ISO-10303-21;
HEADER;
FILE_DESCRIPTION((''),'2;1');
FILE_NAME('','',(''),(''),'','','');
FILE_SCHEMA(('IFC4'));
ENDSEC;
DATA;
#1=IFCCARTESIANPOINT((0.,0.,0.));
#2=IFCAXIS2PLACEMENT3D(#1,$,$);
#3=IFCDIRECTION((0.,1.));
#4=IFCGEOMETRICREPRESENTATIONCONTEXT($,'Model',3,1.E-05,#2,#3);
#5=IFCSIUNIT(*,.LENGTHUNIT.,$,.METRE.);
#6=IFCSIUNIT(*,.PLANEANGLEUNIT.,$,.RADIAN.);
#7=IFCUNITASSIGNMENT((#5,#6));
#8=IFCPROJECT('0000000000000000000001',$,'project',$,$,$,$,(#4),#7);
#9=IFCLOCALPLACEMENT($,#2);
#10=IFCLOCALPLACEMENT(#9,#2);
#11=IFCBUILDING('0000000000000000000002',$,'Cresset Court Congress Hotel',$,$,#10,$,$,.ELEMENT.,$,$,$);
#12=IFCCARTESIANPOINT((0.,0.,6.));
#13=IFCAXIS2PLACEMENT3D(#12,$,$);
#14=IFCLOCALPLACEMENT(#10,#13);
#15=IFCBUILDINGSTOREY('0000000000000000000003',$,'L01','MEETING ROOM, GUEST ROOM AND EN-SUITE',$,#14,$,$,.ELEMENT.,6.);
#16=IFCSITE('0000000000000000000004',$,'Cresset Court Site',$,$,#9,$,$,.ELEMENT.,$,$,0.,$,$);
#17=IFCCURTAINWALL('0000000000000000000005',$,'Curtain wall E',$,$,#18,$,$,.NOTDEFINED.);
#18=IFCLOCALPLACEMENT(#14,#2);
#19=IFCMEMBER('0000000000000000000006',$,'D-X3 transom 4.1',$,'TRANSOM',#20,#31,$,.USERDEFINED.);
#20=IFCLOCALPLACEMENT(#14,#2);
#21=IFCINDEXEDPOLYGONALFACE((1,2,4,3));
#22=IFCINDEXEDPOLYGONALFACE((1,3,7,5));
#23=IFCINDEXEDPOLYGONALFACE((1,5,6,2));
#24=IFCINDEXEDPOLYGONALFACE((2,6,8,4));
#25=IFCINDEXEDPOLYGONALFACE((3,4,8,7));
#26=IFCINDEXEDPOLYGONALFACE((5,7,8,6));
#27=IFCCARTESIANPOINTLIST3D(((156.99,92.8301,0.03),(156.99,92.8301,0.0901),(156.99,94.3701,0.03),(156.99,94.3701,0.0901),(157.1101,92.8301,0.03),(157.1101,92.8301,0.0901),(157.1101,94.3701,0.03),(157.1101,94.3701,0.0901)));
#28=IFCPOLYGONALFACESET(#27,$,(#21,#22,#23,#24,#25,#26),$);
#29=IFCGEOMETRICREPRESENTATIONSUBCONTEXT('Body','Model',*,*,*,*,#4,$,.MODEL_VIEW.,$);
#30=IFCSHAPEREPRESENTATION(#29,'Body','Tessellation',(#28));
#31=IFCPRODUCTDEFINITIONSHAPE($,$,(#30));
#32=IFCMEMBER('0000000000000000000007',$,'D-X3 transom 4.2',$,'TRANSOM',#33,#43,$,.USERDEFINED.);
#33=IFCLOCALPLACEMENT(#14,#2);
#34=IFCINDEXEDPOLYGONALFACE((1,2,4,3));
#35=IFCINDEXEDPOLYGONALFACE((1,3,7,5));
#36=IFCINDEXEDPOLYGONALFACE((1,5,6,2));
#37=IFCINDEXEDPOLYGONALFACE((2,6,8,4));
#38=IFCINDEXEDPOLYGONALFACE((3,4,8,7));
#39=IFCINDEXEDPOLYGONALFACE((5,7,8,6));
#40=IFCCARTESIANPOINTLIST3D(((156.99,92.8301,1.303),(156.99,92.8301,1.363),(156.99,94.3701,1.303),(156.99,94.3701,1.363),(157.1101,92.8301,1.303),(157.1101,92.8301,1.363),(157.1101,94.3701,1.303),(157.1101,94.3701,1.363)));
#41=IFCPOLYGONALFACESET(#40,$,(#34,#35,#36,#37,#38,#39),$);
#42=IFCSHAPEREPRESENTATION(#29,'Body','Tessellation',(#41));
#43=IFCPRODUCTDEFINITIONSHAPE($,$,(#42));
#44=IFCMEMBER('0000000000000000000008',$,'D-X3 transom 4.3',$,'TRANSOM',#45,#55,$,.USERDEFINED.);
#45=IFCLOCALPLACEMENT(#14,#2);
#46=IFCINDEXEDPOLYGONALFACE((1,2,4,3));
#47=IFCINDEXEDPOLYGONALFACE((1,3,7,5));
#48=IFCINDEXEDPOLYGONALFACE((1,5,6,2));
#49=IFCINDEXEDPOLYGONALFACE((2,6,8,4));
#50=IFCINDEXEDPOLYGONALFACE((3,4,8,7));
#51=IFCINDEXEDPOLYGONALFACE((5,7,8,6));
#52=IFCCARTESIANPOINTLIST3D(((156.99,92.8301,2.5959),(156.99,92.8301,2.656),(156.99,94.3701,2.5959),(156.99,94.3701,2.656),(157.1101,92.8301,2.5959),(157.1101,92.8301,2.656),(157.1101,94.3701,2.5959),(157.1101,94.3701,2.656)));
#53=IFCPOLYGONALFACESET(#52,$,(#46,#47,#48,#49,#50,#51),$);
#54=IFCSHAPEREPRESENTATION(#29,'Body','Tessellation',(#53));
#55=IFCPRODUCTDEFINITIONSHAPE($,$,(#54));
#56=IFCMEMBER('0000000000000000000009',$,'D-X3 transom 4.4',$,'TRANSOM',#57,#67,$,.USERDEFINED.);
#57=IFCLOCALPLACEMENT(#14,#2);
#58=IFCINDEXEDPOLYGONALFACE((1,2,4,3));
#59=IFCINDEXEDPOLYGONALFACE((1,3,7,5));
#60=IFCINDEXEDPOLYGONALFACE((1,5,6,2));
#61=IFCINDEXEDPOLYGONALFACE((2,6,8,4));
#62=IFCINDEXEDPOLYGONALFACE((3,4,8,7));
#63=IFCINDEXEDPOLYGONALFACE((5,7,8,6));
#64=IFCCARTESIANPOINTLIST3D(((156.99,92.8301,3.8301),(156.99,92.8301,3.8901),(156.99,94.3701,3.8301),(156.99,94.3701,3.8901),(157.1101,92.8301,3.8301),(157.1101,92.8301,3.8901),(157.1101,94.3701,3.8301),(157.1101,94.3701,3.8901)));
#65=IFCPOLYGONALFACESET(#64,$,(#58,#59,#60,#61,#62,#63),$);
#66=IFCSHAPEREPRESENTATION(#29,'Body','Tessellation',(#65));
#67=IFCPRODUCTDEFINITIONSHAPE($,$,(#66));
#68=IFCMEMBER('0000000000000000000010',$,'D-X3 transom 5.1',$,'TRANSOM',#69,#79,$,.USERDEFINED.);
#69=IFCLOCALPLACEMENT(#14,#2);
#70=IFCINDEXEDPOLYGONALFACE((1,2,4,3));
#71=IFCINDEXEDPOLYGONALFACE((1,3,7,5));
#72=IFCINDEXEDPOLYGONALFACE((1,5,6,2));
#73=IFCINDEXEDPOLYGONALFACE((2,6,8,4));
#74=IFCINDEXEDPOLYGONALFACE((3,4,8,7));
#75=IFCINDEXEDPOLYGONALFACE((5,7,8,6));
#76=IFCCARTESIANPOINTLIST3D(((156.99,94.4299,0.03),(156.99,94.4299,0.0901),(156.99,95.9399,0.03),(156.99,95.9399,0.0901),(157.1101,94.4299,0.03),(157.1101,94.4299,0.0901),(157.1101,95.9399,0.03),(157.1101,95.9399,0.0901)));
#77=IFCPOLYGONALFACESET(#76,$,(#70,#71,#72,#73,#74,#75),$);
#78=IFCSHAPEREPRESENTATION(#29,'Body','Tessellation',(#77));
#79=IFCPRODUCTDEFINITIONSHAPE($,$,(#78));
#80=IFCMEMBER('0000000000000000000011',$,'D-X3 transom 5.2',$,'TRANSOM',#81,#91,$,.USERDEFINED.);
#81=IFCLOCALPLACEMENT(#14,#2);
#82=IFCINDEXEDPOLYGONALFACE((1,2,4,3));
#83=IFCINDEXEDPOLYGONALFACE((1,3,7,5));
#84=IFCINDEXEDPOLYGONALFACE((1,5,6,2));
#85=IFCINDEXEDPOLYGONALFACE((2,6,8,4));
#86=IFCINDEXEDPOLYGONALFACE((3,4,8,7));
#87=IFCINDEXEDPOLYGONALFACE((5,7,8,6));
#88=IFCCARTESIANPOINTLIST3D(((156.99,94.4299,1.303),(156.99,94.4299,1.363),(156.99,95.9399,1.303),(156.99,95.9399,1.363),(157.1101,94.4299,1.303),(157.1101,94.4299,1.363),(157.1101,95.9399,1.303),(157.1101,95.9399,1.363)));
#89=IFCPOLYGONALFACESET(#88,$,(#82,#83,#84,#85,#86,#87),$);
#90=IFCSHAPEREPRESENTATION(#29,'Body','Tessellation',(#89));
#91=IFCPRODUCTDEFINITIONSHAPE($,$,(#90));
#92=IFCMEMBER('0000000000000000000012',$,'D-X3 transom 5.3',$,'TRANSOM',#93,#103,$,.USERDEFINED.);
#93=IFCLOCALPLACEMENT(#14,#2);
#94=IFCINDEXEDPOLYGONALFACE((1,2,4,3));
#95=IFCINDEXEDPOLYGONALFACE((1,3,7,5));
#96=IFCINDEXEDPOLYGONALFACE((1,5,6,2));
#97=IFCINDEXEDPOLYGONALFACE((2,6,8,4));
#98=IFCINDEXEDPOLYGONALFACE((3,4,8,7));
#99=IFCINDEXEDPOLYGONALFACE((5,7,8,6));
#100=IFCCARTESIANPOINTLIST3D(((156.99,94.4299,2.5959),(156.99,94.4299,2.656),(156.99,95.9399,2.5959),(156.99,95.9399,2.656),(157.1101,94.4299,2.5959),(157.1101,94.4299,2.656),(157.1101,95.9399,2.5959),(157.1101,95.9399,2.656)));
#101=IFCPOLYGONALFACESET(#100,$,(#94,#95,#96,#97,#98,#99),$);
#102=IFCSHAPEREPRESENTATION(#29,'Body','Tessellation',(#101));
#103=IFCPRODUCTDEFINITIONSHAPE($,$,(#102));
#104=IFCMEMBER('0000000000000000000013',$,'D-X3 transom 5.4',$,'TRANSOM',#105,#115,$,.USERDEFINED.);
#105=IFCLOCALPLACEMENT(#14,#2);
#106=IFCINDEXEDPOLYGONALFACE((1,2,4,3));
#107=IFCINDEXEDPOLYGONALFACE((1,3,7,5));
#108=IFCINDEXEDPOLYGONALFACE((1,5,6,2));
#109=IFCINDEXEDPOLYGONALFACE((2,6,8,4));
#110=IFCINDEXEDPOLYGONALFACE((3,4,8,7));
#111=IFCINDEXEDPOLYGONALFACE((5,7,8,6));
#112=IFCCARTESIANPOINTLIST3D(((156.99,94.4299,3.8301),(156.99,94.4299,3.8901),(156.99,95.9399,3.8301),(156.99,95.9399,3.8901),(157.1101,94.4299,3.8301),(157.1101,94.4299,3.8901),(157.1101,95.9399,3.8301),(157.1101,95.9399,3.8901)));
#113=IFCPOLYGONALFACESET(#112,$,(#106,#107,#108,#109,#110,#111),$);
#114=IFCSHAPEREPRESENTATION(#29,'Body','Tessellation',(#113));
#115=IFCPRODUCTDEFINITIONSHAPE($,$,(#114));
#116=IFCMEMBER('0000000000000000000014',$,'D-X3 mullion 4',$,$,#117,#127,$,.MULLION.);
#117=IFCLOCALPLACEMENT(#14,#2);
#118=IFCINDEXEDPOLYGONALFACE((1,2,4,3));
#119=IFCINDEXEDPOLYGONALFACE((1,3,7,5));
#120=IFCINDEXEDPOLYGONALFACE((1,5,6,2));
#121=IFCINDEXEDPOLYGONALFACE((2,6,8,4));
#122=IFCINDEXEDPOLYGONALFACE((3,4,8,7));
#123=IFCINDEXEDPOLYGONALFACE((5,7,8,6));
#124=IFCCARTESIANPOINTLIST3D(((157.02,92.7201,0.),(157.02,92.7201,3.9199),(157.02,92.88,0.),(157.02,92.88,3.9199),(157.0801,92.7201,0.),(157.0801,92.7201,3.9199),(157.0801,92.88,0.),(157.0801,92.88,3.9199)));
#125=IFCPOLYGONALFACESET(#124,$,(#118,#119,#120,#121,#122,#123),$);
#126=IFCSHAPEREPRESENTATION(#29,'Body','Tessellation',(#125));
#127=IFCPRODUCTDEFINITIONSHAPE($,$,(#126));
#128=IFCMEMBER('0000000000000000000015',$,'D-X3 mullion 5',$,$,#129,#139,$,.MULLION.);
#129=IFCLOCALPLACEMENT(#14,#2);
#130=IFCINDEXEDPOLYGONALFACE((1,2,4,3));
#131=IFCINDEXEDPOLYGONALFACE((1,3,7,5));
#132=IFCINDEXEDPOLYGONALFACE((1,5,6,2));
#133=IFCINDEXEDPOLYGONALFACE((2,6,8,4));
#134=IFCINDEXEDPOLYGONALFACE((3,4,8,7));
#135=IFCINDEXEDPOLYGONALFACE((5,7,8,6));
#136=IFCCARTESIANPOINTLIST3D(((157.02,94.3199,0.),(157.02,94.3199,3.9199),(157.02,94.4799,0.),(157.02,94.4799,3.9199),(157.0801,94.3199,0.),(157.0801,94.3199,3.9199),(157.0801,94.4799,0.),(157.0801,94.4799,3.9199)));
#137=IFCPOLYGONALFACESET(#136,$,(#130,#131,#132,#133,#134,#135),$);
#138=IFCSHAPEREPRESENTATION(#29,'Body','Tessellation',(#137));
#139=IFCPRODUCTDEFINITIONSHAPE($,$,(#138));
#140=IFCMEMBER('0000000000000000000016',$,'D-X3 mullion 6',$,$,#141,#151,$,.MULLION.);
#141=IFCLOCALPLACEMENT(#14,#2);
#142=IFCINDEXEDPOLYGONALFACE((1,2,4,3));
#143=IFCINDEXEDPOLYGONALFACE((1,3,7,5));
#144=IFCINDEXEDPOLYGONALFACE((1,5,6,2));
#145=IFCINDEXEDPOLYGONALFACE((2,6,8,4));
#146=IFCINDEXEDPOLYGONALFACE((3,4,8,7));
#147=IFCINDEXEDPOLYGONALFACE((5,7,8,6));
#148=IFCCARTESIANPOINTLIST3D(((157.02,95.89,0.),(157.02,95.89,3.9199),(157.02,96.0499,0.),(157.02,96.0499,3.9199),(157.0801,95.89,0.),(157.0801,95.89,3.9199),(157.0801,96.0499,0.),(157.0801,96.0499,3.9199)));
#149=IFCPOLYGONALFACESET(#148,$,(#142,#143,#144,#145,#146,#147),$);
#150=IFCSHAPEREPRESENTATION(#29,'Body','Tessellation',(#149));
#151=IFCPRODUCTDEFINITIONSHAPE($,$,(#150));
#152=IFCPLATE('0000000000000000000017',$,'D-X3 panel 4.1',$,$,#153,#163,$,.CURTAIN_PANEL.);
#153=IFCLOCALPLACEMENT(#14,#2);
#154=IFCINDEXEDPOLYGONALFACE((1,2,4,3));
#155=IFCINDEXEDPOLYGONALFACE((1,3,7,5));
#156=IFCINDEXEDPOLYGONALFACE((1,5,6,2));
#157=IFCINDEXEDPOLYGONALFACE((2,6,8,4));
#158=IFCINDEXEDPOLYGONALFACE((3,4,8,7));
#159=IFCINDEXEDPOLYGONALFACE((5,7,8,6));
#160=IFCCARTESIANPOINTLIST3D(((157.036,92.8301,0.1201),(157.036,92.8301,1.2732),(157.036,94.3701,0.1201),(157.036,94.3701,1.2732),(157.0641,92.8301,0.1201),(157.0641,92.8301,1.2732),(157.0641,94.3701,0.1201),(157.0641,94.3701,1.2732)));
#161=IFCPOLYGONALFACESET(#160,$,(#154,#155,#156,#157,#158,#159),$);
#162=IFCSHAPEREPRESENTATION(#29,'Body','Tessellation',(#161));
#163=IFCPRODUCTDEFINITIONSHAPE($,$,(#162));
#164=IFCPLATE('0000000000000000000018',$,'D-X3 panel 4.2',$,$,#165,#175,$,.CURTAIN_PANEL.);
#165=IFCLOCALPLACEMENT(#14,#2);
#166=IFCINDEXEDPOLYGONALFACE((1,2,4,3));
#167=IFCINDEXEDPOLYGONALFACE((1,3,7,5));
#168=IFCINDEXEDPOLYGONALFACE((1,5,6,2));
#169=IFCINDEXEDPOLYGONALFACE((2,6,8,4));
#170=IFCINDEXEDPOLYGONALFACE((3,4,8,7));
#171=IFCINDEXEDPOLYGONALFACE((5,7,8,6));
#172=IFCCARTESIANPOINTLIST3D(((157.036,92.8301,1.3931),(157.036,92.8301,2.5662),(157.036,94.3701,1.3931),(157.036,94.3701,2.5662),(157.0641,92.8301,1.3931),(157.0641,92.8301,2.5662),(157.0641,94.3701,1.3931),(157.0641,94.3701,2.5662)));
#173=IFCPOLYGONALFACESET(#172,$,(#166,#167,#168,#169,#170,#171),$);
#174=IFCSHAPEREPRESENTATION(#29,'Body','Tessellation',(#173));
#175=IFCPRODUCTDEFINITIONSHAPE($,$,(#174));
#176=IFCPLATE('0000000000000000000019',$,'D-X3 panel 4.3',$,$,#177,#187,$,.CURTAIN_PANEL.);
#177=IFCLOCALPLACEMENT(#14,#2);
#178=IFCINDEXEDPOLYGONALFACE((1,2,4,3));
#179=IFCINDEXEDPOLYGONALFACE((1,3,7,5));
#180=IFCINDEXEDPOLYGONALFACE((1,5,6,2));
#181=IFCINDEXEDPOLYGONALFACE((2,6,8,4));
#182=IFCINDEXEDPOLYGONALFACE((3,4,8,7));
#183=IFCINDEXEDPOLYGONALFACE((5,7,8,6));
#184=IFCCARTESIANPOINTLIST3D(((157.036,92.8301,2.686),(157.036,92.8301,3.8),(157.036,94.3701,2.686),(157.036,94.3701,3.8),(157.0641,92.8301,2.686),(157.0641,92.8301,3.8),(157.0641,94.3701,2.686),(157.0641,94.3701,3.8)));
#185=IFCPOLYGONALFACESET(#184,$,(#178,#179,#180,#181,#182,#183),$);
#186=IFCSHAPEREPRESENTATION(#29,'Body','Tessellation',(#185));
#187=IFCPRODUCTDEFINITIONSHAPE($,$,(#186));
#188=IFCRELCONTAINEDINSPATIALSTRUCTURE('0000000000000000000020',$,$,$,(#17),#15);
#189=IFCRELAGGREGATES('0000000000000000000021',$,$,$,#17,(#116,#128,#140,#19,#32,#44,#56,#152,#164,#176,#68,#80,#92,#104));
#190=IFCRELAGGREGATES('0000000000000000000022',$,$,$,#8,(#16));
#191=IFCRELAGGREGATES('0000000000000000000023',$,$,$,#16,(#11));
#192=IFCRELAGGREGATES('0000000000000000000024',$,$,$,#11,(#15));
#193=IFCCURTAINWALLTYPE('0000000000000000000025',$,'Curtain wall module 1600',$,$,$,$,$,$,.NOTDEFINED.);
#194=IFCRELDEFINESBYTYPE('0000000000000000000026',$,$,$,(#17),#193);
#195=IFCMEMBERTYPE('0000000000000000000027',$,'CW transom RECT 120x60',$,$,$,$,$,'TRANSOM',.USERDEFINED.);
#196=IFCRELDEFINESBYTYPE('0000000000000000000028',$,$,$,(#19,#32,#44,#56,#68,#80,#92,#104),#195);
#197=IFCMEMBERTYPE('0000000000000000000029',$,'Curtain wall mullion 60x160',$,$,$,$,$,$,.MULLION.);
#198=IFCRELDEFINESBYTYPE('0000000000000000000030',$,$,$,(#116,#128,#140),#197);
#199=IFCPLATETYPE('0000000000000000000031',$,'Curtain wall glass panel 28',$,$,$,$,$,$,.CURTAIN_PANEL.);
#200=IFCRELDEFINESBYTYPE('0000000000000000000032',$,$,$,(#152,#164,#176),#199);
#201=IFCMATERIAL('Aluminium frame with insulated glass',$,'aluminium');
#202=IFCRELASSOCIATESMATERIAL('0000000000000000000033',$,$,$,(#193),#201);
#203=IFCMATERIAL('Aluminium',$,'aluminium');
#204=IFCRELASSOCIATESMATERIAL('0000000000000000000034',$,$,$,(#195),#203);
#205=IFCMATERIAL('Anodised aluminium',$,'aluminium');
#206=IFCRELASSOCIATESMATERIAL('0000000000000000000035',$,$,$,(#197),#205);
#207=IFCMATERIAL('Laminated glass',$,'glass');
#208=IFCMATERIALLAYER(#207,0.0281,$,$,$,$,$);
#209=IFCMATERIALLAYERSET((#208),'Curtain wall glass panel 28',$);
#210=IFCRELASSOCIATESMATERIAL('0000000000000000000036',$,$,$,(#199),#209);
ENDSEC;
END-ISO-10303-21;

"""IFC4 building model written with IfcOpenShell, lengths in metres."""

from ifc_helpers import new_model, si_unit, direction, frame, origin, origin_2d, place, context, subcontext, project, spatial, rectangle, extrude, material, layer, layer_set, material_profile, profile_set, type_object, element, aggregate, save


model = new_model("IFC4")

# Units and contexts
model_context = context("Model", 3, precision=1e-05, world=origin(), true_north=direction((0.0, 1.0)))
body_context = subcontext(model_context, "Body", "Model", "MODEL_VIEW")
ifc_project = project(units=[si_unit("LENGTHUNIT", "METRE"), si_unit("PLANEANGLEUNIT", "RADIAN")], contexts=[model_context])

# Site, building, storey
site_placement = place(None, origin())
site = spatial("IfcSite", under=ifc_project, at=site_placement, Name="Cresset Court Site", CompositionType="ELEMENT", RefElevation=0.0)
building_placement = place(site_placement, origin())
building = spatial("IfcBuilding", under=site, at=building_placement, Name="Cresset Court Congress Hotel", CompositionType="ELEMENT")
storey_placement = place(building_placement, frame((0.0, 0.0, 6.0)))
storey = spatial("IfcBuildingStorey", under=building, at=storey_placement, Name="L01", Description="MEETING ROOM, GUEST ROOM AND EN-SUITE", CompositionType="ELEMENT", Elevation=6.0)

# Curtain wall, members, plates
ifc_material_1 = material(Name="Aluminium frame with insulated glass", Category="aluminium")
curtain_wall_type = type_object("IfcCurtainWallType", Name="Curtain wall module 1600", PredefinedType="NOTDEFINED", material=ifc_material_1)
curtain_wall_placement = place(storey_placement, origin())
curtain_wall = element("IfcCurtainWall", 1, at=curtain_wall_placement, inside=storey, type_object=curtain_wall_type, Name="Curtain wall E", PredefinedType="NOTDEFINED")
ifc_material_2 = material(Name="Aluminium", Category="aluminium")
ifc_material_profile_1 = material_profile(ifc_material_2, rectangle(XDim=0.1201, YDim=0.0601, at=origin_2d()), Name="AL 120x60")
ifc_profile_set_1 = profile_set([ifc_material_profile_1], Name="Aluminium")
member_type_1 = type_object("IfcMemberType", Name="CW transom RECT 120x60", ElementType="TRANSOM", PredefinedType="USERDEFINED", material=ifc_profile_set_1)
member_1_placement = place(storey_placement, frame((157.05, 92.8301, 0.0601), z_axis=(0.0, 1.0, 0.0), x_axis=(-1.0, 0.0, 0.0)))
member_1 = element("IfcMember", 2, at=member_1_placement, type_object=member_type_1, Name="D-X3 transom 4.1", ObjectType="TRANSOM", PredefinedType="USERDEFINED", context=body_context, shape_type="SweptSolid", body=[
    extrude(rectangle(XDim=0.1201, YDim=0.0601, at=origin_2d()), origin(), (0.0, 0.0, 1.0), 1.54),
])
member_2_placement = place(storey_placement, frame((157.05, 92.8301, 1.333), z_axis=(0.0, 1.0, 0.0), x_axis=(-1.0, 0.0, 0.0)))
member_2 = element("IfcMember", 3, at=member_2_placement, type_object=member_type_1, Name="D-X3 transom 4.2", ObjectType="TRANSOM", PredefinedType="USERDEFINED", context=body_context, shape_type="SweptSolid", body=[
    extrude(rectangle(XDim=0.1201, YDim=0.0601, at=origin_2d()), origin(), (0.0, 0.0, 1.0), 1.54),
])
member_3_placement = place(storey_placement, frame((157.05, 92.8301, 2.626), z_axis=(0.0, 1.0, 0.0), x_axis=(-1.0, 0.0, 0.0)))
member_3 = element("IfcMember", 4, at=member_3_placement, type_object=member_type_1, Name="D-X3 transom 4.3", ObjectType="TRANSOM", PredefinedType="USERDEFINED", context=body_context, shape_type="SweptSolid", body=[
    extrude(rectangle(XDim=0.1201, YDim=0.0601, at=origin_2d()), origin(), (0.0, 0.0, 1.0), 1.54),
])
member_4_placement = place(storey_placement, frame((157.05, 92.8301, 3.8601), z_axis=(0.0, 1.0, 0.0), x_axis=(-1.0, 0.0, 0.0)))
member_4 = element("IfcMember", 5, at=member_4_placement, type_object=member_type_1, Name="D-X3 transom 4.4", ObjectType="TRANSOM", PredefinedType="USERDEFINED", context=body_context, shape_type="SweptSolid", body=[
    extrude(rectangle(XDim=0.1201, YDim=0.0601, at=origin_2d()), origin(), (0.0, 0.0, 1.0), 1.54),
])
member_5_placement = place(storey_placement, frame((157.05, 94.4299, 0.0601), z_axis=(0.0, 1.0, 0.0), x_axis=(-1.0, 0.0, 0.0)))
member_5 = element("IfcMember", 6, at=member_5_placement, type_object=member_type_1, Name="D-X3 transom 5.1", ObjectType="TRANSOM", PredefinedType="USERDEFINED", context=body_context, shape_type="SweptSolid", body=[
    extrude(rectangle(XDim=0.1201, YDim=0.0601, at=origin_2d()), origin(), (0.0, 0.0, 1.0), 1.51),
])
member_6_placement = place(storey_placement, frame((157.05, 94.4299, 1.333), z_axis=(0.0, 1.0, 0.0), x_axis=(-1.0, 0.0, 0.0)))
member_6 = element("IfcMember", 7, at=member_6_placement, type_object=member_type_1, Name="D-X3 transom 5.2", ObjectType="TRANSOM", PredefinedType="USERDEFINED", context=body_context, shape_type="SweptSolid", body=[
    extrude(rectangle(XDim=0.1201, YDim=0.0601, at=origin_2d()), origin(), (0.0, 0.0, 1.0), 1.51),
])
member_7_placement = place(storey_placement, frame((157.05, 94.4299, 2.626), z_axis=(0.0, 1.0, 0.0), x_axis=(-1.0, 0.0, 0.0)))
member_7 = element("IfcMember", 8, at=member_7_placement, type_object=member_type_1, Name="D-X3 transom 5.3", ObjectType="TRANSOM", PredefinedType="USERDEFINED", context=body_context, shape_type="SweptSolid", body=[
    extrude(rectangle(XDim=0.1201, YDim=0.0601, at=origin_2d()), origin(), (0.0, 0.0, 1.0), 1.51),
])
member_8_placement = place(storey_placement, frame((157.05, 94.4299, 3.8601), z_axis=(0.0, 1.0, 0.0), x_axis=(-1.0, 0.0, 0.0)))
member_8 = element("IfcMember", 9, at=member_8_placement, type_object=member_type_1, Name="D-X3 transom 5.4", ObjectType="TRANSOM", PredefinedType="USERDEFINED", context=body_context, shape_type="SweptSolid", body=[
    extrude(rectangle(XDim=0.1201, YDim=0.0601, at=origin_2d()), origin(), (0.0, 0.0, 1.0), 1.51),
])
ifc_material_3 = material(Name="Anodised aluminium", Category="aluminium")
ifc_material_profile_2 = material_profile(ifc_material_3, rectangle(XDim=0.0601, YDim=0.1599, at=origin_2d()), Name="AL60x160")
ifc_profile_set_2 = profile_set([ifc_material_profile_2], Name="Anodised aluminium")
member_type_2 = type_object("IfcMemberType", Name="Curtain wall mullion 60x160", PredefinedType="MULLION", material=ifc_profile_set_2)
member_9_placement = place(storey_placement, frame((157.05, 92.8, 0.0), z_axis=(0.0, 0.0, 1.0), x_axis=(-1.0, 0.0, 0.0)))
member_9 = element("IfcMember", 10, at=member_9_placement, type_object=member_type_2, Name="D-X3 mullion 4", PredefinedType="MULLION", context=body_context, shape_type="SweptSolid", body=[
    extrude(rectangle(XDim=0.0601, YDim=0.1599, at=origin_2d()), origin(), (0.0, 0.0, 1.0), 3.9199),
])
member_10_placement = place(storey_placement, frame((157.05, 94.3999, 0.0), z_axis=(0.0, 0.0, 1.0), x_axis=(-1.0, 0.0, 0.0)))
member_10 = element("IfcMember", 11, at=member_10_placement, type_object=member_type_2, Name="D-X3 mullion 5", PredefinedType="MULLION", context=body_context, shape_type="SweptSolid", body=[
    extrude(rectangle(XDim=0.0601, YDim=0.1599, at=origin_2d()), origin(), (0.0, 0.0, 1.0), 3.9199),
])
member_11_placement = place(storey_placement, frame((157.05, 95.97, 0.0), z_axis=(0.0, 0.0, 1.0), x_axis=(-1.0, 0.0, 0.0)))
member_11 = element("IfcMember", 12, at=member_11_placement, type_object=member_type_2, Name="D-X3 mullion 6", PredefinedType="MULLION", context=body_context, shape_type="SweptSolid", body=[
    extrude(rectangle(XDim=0.0601, YDim=0.1599, at=origin_2d()), origin(), (0.0, 0.0, 1.0), 3.9199),
])
ifc_material_4 = material(Name="Laminated glass", Category="glass")
ifc_layer_1 = layer(ifc_material_4, 0.0281)
ifc_layer_set_1 = layer_set([ifc_layer_1], Name="Curtain wall glass panel 28")
plate_type = type_object("IfcPlateType", Name="Curtain wall glass panel 28", PredefinedType="CURTAIN_PANEL", material=ifc_layer_set_1)
plate_1_placement = place(storey_placement, frame((157.05, 93.6001, 0.1201), z_axis=(0.0, 0.0, 1.0), x_axis=(0.0, 1.0, 0.0)))
plate_1 = element("IfcPlate", 13, at=plate_1_placement, type_object=plate_type, Name="D-X3 panel 4.1", PredefinedType="CURTAIN_PANEL", context=body_context, shape_type="SweptSolid", body=[
    extrude(rectangle(XDim=1.54, YDim=0.0281, at=origin_2d()), origin(), (0.0, 0.0, 1.0), 1.1531),
])
plate_2_placement = place(storey_placement, frame((157.05, 93.6001, 1.3931), z_axis=(0.0, 0.0, 1.0), x_axis=(0.0, 1.0, 0.0)))
plate_2 = element("IfcPlate", 14, at=plate_2_placement, type_object=plate_type, Name="D-X3 panel 4.2", PredefinedType="CURTAIN_PANEL", context=body_context, shape_type="SweptSolid", body=[
    extrude(rectangle(XDim=1.54, YDim=0.0281, at=origin_2d()), origin(), (0.0, 0.0, 1.0), 1.1731),
])
plate_3_placement = place(storey_placement, frame((157.05, 93.6001, 2.686), z_axis=(0.0, 0.0, 1.0), x_axis=(0.0, 1.0, 0.0)))
plate_3 = element("IfcPlate", 15, at=plate_3_placement, type_object=plate_type, Name="D-X3 panel 4.3", PredefinedType="CURTAIN_PANEL", context=body_context, shape_type="SweptSolid", body=[
    extrude(rectangle(XDim=1.54, YDim=0.0281, at=origin_2d()), origin(), (0.0, 0.0, 1.0), 1.114),
])
aggregate(curtain_wall, [member_9, member_10, member_11, member_1, member_2, member_3, member_4, plate_1, plate_2, plate_3, member_5, member_6, member_7, member_8])

save(model, "model.ifc")
